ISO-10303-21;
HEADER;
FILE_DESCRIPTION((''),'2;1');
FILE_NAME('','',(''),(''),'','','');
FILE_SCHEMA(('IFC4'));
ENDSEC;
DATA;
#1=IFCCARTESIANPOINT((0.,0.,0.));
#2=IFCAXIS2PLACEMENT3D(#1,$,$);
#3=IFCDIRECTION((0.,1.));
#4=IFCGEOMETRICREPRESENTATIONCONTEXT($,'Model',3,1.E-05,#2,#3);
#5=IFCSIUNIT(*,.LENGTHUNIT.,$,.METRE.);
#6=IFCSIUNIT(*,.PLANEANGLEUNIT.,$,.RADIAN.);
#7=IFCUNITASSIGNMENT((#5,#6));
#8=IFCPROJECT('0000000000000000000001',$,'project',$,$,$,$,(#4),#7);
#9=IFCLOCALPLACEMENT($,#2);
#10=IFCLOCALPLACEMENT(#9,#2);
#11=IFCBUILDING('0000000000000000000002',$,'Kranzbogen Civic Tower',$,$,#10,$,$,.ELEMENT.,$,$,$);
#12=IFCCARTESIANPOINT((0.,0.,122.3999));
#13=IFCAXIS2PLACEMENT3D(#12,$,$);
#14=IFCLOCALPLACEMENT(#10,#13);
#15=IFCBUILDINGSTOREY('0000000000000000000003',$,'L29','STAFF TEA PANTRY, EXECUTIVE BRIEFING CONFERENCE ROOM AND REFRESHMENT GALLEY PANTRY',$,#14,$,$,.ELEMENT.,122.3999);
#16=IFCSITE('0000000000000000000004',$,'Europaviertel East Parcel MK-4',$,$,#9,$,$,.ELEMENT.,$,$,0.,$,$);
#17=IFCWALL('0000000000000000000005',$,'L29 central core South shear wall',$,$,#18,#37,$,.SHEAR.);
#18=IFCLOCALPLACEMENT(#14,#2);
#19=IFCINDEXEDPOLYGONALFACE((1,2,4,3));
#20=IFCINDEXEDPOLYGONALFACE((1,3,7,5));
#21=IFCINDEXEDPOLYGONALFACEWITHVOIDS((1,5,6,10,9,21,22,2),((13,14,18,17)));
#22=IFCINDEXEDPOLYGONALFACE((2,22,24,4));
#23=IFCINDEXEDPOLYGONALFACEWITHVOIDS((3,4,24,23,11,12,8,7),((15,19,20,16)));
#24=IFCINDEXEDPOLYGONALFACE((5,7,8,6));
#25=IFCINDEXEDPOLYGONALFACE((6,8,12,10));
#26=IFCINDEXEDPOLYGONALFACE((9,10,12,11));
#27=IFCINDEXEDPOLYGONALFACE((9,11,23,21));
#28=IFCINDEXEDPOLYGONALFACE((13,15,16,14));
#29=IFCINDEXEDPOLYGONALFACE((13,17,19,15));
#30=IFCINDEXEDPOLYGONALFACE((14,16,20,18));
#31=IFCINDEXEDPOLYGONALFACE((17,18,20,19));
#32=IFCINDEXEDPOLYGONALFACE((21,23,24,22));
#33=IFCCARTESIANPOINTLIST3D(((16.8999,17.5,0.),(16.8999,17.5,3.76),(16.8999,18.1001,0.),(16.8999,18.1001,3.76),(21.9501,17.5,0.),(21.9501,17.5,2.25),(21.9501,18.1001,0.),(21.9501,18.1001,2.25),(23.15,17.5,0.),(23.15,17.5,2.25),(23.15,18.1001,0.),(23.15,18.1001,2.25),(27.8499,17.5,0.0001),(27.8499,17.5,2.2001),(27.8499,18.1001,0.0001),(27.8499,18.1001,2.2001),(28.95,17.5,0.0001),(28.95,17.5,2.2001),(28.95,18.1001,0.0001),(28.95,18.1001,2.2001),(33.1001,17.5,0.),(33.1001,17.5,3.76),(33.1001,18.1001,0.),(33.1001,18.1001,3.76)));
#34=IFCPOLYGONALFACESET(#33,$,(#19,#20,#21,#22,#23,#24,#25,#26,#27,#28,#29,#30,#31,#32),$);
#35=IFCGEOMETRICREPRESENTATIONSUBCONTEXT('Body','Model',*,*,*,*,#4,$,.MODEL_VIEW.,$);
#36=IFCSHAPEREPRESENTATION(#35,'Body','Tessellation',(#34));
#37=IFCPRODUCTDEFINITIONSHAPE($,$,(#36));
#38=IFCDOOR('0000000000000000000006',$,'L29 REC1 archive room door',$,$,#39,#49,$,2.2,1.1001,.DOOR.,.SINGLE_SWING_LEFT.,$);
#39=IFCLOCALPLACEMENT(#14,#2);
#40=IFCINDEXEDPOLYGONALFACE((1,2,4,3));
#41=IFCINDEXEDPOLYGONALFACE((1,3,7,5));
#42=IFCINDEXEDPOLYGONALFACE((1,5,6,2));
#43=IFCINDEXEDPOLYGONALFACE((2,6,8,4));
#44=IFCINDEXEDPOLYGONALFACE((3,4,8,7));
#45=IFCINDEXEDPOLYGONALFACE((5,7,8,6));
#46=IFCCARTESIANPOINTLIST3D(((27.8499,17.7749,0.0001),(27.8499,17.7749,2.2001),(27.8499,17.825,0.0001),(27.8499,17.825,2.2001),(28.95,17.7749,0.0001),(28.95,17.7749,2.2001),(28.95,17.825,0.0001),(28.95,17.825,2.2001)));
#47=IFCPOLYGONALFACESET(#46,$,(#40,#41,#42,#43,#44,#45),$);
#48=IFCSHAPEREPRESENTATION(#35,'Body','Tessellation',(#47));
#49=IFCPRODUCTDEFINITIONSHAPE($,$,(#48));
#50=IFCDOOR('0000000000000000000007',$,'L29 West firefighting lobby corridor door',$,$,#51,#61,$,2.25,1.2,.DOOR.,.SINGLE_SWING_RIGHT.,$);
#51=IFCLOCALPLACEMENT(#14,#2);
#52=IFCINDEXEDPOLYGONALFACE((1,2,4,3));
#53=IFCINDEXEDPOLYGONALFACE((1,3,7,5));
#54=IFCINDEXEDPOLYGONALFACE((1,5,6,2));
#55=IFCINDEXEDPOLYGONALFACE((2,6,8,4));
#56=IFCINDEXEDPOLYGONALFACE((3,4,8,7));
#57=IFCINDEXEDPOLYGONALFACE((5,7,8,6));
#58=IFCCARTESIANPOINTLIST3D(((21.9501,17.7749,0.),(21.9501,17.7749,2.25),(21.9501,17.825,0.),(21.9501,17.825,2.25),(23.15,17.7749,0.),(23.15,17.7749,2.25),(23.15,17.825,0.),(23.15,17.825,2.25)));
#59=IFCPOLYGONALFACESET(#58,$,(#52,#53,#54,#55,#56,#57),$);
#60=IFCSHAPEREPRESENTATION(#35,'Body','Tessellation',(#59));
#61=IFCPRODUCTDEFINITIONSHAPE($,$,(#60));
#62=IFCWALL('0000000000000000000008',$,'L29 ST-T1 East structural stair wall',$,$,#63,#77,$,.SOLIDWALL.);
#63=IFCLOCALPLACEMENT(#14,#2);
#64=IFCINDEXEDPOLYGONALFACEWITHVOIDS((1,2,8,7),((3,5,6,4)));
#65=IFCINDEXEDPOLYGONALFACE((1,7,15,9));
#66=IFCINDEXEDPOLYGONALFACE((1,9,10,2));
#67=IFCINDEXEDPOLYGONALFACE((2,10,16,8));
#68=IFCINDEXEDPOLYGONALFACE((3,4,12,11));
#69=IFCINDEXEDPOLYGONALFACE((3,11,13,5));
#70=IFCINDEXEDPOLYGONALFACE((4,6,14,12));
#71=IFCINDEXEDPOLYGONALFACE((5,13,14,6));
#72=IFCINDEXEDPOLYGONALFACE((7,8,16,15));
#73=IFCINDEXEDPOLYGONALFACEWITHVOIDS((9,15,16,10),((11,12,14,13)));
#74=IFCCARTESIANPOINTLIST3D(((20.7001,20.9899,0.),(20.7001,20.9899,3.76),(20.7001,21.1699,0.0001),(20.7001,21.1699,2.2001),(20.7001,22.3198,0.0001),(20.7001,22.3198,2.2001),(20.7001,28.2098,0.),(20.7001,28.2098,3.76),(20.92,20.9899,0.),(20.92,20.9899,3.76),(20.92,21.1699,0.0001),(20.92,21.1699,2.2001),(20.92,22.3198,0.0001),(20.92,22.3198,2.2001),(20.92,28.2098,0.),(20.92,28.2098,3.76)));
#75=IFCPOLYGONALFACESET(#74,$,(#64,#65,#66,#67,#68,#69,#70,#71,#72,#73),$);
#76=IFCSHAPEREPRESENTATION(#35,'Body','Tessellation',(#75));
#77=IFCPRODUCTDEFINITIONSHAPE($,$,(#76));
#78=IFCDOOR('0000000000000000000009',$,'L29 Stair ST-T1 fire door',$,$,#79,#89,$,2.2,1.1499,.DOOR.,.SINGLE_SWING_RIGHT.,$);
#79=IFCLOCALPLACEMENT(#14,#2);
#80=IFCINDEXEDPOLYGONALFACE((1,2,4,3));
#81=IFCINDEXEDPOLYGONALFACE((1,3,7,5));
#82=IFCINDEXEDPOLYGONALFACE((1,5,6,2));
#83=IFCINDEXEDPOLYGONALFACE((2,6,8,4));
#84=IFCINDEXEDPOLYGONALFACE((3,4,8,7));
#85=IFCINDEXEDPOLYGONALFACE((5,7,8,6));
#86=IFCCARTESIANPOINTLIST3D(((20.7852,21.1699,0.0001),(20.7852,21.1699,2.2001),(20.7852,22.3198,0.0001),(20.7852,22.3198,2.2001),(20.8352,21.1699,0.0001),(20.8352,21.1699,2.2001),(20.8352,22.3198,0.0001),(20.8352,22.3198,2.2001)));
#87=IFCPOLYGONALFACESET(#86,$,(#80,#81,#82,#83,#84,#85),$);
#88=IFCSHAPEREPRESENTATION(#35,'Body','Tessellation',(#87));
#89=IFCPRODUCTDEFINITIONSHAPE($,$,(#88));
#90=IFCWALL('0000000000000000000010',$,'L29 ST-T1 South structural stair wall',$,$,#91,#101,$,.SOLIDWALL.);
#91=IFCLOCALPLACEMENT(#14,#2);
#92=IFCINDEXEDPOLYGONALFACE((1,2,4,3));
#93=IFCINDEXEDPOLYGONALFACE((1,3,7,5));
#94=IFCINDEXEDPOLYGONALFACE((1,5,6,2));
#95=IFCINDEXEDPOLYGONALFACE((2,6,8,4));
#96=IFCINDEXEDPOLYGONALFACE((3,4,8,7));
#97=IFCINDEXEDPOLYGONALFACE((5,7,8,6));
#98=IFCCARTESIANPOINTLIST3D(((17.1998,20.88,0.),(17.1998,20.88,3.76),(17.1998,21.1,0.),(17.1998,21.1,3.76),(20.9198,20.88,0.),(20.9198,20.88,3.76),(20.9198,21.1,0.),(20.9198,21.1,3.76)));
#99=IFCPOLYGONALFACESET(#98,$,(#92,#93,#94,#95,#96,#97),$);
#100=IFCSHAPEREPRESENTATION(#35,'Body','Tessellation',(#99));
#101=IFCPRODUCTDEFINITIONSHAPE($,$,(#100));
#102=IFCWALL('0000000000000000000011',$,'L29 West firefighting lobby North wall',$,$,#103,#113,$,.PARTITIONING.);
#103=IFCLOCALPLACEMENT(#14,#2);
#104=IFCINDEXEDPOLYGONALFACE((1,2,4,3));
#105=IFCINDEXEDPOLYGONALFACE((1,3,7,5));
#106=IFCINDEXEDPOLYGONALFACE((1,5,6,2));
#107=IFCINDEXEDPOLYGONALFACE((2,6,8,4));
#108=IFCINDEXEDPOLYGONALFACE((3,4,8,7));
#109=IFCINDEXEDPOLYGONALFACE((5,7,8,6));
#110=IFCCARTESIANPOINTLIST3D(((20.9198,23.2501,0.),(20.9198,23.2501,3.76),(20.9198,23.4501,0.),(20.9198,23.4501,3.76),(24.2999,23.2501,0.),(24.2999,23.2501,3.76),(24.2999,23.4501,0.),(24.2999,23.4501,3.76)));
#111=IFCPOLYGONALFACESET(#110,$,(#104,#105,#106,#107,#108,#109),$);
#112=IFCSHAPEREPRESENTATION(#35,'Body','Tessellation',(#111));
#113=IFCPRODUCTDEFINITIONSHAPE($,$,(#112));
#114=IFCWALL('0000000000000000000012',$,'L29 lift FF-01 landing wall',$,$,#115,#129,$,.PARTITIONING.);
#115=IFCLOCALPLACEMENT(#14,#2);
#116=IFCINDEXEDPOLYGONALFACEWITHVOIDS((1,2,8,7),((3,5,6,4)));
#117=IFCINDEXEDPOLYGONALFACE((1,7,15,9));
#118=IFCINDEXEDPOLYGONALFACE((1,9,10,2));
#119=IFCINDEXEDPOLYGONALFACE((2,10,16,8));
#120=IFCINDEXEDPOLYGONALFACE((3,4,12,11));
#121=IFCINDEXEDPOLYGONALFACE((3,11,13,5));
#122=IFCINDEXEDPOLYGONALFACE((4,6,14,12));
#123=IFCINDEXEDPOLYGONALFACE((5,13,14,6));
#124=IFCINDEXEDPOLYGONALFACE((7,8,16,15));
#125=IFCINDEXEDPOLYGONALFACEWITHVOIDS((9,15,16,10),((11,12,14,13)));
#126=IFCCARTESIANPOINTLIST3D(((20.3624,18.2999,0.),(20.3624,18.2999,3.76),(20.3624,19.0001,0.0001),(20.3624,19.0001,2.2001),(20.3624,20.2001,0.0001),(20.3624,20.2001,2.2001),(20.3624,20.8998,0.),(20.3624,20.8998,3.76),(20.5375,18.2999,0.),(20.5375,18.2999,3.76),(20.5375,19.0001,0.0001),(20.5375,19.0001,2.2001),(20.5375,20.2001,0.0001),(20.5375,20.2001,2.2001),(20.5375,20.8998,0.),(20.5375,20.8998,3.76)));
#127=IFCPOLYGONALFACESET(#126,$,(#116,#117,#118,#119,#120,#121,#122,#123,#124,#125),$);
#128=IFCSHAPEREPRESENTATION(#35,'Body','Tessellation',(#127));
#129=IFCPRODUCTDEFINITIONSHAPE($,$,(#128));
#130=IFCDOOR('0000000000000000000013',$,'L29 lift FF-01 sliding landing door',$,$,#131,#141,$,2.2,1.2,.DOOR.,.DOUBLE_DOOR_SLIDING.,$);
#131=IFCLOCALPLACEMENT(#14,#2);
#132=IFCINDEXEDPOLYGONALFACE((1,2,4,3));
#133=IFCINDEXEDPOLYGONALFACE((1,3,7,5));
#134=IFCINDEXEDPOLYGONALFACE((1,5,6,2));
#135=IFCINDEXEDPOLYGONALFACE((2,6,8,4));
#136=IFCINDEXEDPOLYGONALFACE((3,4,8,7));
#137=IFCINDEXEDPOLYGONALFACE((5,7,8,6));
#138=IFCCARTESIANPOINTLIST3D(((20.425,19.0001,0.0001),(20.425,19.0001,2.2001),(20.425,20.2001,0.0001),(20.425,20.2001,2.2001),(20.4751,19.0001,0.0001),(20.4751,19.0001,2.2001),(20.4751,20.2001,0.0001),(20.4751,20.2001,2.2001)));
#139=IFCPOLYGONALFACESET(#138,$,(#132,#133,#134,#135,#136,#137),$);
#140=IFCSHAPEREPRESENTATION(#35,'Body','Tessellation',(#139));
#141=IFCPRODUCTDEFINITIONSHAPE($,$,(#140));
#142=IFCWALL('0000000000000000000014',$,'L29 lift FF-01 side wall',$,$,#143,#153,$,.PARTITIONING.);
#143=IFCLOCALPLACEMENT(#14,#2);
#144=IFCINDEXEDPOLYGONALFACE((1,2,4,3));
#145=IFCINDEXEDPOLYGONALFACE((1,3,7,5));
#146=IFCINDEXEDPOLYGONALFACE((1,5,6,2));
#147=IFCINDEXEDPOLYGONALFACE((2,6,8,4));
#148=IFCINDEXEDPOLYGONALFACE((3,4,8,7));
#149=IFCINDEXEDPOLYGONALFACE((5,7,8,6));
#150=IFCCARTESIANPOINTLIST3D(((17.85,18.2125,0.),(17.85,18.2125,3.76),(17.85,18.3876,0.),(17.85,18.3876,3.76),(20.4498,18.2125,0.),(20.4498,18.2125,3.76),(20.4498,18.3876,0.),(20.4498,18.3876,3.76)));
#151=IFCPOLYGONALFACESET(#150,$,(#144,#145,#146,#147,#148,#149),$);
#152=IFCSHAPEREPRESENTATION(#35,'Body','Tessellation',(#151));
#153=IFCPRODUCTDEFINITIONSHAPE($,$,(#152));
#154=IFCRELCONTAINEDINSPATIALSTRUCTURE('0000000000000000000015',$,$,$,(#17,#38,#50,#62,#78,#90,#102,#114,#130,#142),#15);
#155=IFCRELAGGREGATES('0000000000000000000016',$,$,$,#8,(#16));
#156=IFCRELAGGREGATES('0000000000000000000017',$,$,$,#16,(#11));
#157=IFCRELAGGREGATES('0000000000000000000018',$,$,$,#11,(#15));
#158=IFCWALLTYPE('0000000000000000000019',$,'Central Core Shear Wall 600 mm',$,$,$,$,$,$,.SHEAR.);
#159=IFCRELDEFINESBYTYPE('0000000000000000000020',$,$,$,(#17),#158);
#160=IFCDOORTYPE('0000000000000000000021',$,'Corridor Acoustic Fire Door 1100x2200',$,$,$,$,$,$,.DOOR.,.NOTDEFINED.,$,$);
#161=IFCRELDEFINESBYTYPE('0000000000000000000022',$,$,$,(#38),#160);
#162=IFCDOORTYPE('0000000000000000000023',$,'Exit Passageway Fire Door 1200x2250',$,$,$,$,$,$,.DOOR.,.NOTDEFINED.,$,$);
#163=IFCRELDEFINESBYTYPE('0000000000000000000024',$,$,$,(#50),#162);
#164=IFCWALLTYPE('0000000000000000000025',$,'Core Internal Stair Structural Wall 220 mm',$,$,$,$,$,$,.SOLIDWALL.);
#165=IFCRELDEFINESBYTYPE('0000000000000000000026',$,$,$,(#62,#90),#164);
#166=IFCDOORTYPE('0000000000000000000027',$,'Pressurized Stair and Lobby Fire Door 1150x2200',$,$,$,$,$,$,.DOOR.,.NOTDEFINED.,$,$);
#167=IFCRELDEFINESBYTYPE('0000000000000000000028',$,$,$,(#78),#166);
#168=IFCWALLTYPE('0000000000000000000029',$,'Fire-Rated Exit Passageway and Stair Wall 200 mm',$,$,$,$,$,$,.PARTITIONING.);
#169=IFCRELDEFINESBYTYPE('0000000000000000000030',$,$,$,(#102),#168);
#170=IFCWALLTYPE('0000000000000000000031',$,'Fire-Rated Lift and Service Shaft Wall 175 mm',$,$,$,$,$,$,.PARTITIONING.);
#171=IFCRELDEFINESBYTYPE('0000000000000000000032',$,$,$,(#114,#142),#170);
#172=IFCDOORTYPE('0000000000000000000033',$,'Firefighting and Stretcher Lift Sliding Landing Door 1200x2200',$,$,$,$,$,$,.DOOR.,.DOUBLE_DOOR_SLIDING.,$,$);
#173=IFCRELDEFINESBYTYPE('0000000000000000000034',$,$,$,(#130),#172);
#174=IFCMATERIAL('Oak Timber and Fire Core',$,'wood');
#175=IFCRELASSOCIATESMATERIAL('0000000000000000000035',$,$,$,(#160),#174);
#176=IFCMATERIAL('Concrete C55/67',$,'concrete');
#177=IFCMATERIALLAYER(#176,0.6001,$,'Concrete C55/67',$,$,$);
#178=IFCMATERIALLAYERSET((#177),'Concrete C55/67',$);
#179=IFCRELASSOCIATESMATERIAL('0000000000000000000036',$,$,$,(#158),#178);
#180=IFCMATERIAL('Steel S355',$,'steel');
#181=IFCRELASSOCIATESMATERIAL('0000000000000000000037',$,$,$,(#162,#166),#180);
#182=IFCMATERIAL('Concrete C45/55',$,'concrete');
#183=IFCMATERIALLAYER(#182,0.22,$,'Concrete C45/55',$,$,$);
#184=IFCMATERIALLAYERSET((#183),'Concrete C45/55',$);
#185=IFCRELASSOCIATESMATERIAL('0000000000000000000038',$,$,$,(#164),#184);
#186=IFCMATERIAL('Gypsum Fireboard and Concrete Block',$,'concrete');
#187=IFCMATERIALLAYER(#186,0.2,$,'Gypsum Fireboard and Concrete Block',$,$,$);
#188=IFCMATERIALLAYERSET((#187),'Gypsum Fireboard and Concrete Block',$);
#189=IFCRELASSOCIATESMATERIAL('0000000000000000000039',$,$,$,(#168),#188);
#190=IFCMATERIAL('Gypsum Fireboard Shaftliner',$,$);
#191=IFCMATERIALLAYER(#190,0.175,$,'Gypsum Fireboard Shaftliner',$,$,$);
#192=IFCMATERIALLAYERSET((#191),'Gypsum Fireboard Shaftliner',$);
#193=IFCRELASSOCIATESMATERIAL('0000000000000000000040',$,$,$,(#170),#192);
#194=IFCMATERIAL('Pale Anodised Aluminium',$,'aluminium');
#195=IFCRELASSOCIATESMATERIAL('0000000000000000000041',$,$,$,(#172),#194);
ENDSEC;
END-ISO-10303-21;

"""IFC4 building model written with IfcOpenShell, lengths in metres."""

from ifc_helpers import new_model, si_unit, direction, frame, frame_2d, origin, place, context, subcontext, project, spatial, rectangle, extrude, material, layer, layer_set, type_object, element, fill, save


model = new_model("IFC4")

# Units and contexts
model_context = context("Model", 3, precision=1e-05, world=origin(), true_north=direction((0.0, 1.0)))
body_context = subcontext(model_context, "Body", "Model", "MODEL_VIEW")
ifc_project = project(units=[si_unit("LENGTHUNIT", "METRE"), si_unit("PLANEANGLEUNIT", "RADIAN")], contexts=[model_context])

# Site, building, storey
site_placement = place(None, origin())
site = spatial("IfcSite", under=ifc_project, at=site_placement, Name="Europaviertel East Parcel MK-4", CompositionType="ELEMENT", RefElevation=0.0)
building_placement = place(site_placement, origin())
building = spatial("IfcBuilding", under=site, at=building_placement, Name="Kranzbogen Civic Tower", CompositionType="ELEMENT")
storey_placement = place(building_placement, frame((0.0, 0.0, 122.3999)))
storey = spatial("IfcBuildingStorey", under=building, at=storey_placement, Name="L29", Description="STAFF TEA PANTRY, EXECUTIVE BRIEFING CONFERENCE ROOM AND REFRESHMENT GALLEY PANTRY", CompositionType="ELEMENT", Elevation=122.3999)

# Shared definitions
ifc_material_1 = material(Name="Steel S355", Category="steel")

# Shared definitions
ifc_material_2 = material(Name="Oak Timber and Fire Core", Category="wood")
door_type_1 = type_object("IfcDoorType", Name="Corridor Acoustic Fire Door 1100x2200", OperationType="NOTDEFINED", PredefinedType="DOOR", material=ifc_material_2)

# Wall, openings, doors
ifc_material_3 = material(Name="Concrete C55/67", Category="concrete")
ifc_layer_1 = layer(ifc_material_3, 0.6001, Name="Concrete C55/67")
ifc_layer_set_1 = layer_set([ifc_layer_1], Name="Concrete C55/67")
wall_type_1 = type_object("IfcWallType", Name="Central Core Shear Wall 600 mm", PredefinedType="SHEAR", material=ifc_layer_set_1)
wall_1_placement = place(storey_placement, frame((16.8999, 17.8, 0.0), z_axis=(0.0, 0.0, 1.0), x_axis=(1.0, 0.0, 0.0)))
wall_1 = element("IfcWall", 1, at=wall_1_placement, inside=storey, type_object=wall_type_1, Name="L29 central core South shear wall", PredefinedType="SHEAR", context=body_context, shape_type="SweptSolid", body=[
    extrude(rectangle(XDim=16.2002, YDim=0.6001, at=frame_2d((8.1001, 0.0))), origin(), (0.0, 0.0, 1.0), 3.76),
])
opening_1_placement = place(wall_1_placement, frame((5.05, 0.0, 0.0)))
opening_1 = element("IfcOpeningElement", 2, at=opening_1_placement, cuts=wall_1, PredefinedType="OPENING", context=body_context, shape_type="SweptSolid", body=[
    extrude(rectangle(XDim=1.2, YDim=2.25, at=frame_2d((0.6001, 1.125))), frame((0.0, 0.3101, 0.0), z_axis=(0.0, -1.0, 0.0), x_axis=(1.0, 0.0, 0.0)), (0.0, 0.0, 1.0), 0.6201),
])
opening_2_placement = place(wall_1_placement, frame((10.95, 0.0, 0.0)))
opening_2 = element("IfcOpeningElement", 3, at=opening_2_placement, cuts=wall_1, PredefinedType="OPENING", context=body_context, shape_type="SweptSolid", body=[
    extrude(rectangle(XDim=1.1001, YDim=2.2, at=frame_2d((0.55, 1.1001))), frame((0.0, 0.3101, 0.0), z_axis=(0.0, -1.0, 0.0), x_axis=(1.0, 0.0, 0.0)), (0.0, 0.0, 1.0), 0.6201),
])
door_1_placement = place(opening_2_placement, origin())
door_1 = element("IfcDoor", 4, at=door_1_placement, inside=storey, type_object=door_type_1, Name="L29 REC1 archive room door", OperationType="SINGLE_SWING_LEFT", OverallHeight=2.2, OverallWidth=1.1001, PredefinedType="DOOR", context=body_context, shape_type="SweptSolid", body=[
    extrude(rectangle(XDim=1.1001, YDim=2.2, at=frame_2d((0.55, 1.1001))), frame((0.0, 0.0249, 0.0), z_axis=(0.0, -1.0, 0.0), x_axis=(1.0, 0.0, 0.0)), (0.0, 0.0, 1.0), 0.05),
])
fill(opening_2, door_1)
door_type_2 = type_object("IfcDoorType", Name="Exit Passageway Fire Door 1200x2250", OperationType="NOTDEFINED", PredefinedType="DOOR", material=ifc_material_1)
door_2_placement = place(opening_1_placement, origin())
door_2 = element("IfcDoor", 5, at=door_2_placement, inside=storey, type_object=door_type_2, Name="L29 West firefighting lobby corridor door", OperationType="SINGLE_SWING_RIGHT", OverallHeight=2.25, OverallWidth=1.2, PredefinedType="DOOR", context=body_context, shape_type="SweptSolid", body=[
    extrude(rectangle(XDim=1.2, YDim=2.25, at=frame_2d((0.6001, 1.125))), frame((0.0, 0.0249, 0.0), z_axis=(0.0, -1.0, 0.0), x_axis=(1.0, 0.0, 0.0)), (0.0, 0.0, 1.0), 0.05),
])
fill(opening_1, door_2)

# Wall, opening, door
ifc_material_4 = material(Name="Concrete C45/55", Category="concrete")
ifc_layer_2 = layer(ifc_material_4, 0.22, Name="Concrete C45/55")
ifc_layer_set_2 = layer_set([ifc_layer_2], Name="Concrete C45/55")
wall_type_2 = type_object("IfcWallType", Name="Core Internal Stair Structural Wall 220 mm", PredefinedType="SOLIDWALL", material=ifc_layer_set_2)
wall_2_placement = place(storey_placement, frame((20.8101, 20.99, 0.0), z_axis=(0.0, 0.0, 1.0), x_axis=(0.0, 1.0, 0.0)))
wall_2 = element("IfcWall", 6, at=wall_2_placement, inside=storey, type_object=wall_type_2, Name="L29 ST-T1 East structural stair wall", PredefinedType="SOLIDWALL", context=body_context, shape_type="SweptSolid", body=[
    extrude(rectangle(XDim=7.22, YDim=0.22, at=frame_2d((3.6099, 0.0))), origin(), (0.0, 0.0, 1.0), 3.76),
])
opening_3_placement = place(wall_2_placement, frame((0.1799, 0.0, 0.0)))
opening_3 = element("IfcOpeningElement", 7, at=opening_3_placement, cuts=wall_2, PredefinedType="OPENING", context=body_context, shape_type="SweptSolid", body=[
    extrude(rectangle(XDim=1.1499, YDim=2.2, at=frame_2d((0.575, 1.1001))), frame((0.0, 0.1201, 0.0), z_axis=(0.0, -1.0, 0.0), x_axis=(1.0, 0.0, 0.0)), (0.0, 0.0, 1.0), 0.24),
])
door_type_3 = type_object("IfcDoorType", Name="Pressurized Stair and Lobby Fire Door 1150x2200", OperationType="NOTDEFINED", PredefinedType="DOOR", material=ifc_material_1)
door_3_placement = place(opening_3_placement, origin())
door_3 = element("IfcDoor", 8, at=door_3_placement, inside=storey, type_object=door_type_3, Name="L29 Stair ST-T1 fire door", OperationType="SINGLE_SWING_RIGHT", OverallHeight=2.2, OverallWidth=1.1499, PredefinedType="DOOR", context=body_context, shape_type="SweptSolid", body=[
    extrude(rectangle(XDim=1.1499, YDim=2.2, at=frame_2d((0.575, 1.1001))), frame((0.0, 0.0249, 0.0), z_axis=(0.0, -1.0, 0.0), x_axis=(1.0, 0.0, 0.0)), (0.0, 0.0, 1.0), 0.05),
])
fill(opening_3, door_3)

# Walls
wall_3_placement = place(storey_placement, frame((17.2, 20.99, 0.0), z_axis=(0.0, 0.0, 1.0), x_axis=(1.0, 0.0, 0.0)))
element("IfcWall", 9, at=wall_3_placement, inside=storey, type_object=wall_type_2, Name="L29 ST-T1 South structural stair wall", PredefinedType="SOLIDWALL", context=body_context, shape_type="SweptSolid", body=[
    extrude(rectangle(XDim=3.72, YDim=0.22, at=frame_2d((1.8599, 0.0))), origin(), (0.0, 0.0, 1.0), 3.76),
])
ifc_material_5 = material(Name="Gypsum Fireboard and Concrete Block", Category="concrete")
ifc_layer_3 = layer(ifc_material_5, 0.2, Name="Gypsum Fireboard and Concrete Block")
ifc_layer_set_3 = layer_set([ifc_layer_3], Name="Gypsum Fireboard and Concrete Block")
wall_type_3 = type_object("IfcWallType", Name="Fire-Rated Exit Passageway and Stair Wall 200 mm", PredefinedType="PARTITIONING", material=ifc_layer_set_3)
wall_4_placement = place(storey_placement, frame((20.9199, 23.3501, 0.0), z_axis=(0.0, 0.0, 1.0), x_axis=(1.0, 0.0, 0.0)))
element("IfcWall", 10, at=wall_4_placement, inside=storey, type_object=wall_type_3, Name="L29 West firefighting lobby North wall", PredefinedType="PARTITIONING", context=body_context, shape_type="SweptSolid", body=[
    extrude(rectangle(XDim=3.3801, YDim=0.2, at=frame_2d((1.6899, 0.0))), origin(), (0.0, 0.0, 1.0), 3.76),
])

# Wall, opening, door
ifc_material_6 = material(Name="Gypsum Fireboard Shaftliner")
ifc_layer_4 = layer(ifc_material_6, 0.175, Name="Gypsum Fireboard Shaftliner")
ifc_layer_set_4 = layer_set([ifc_layer_4], Name="Gypsum Fireboard Shaftliner")
wall_type_4 = type_object("IfcWallType", Name="Fire-Rated Lift and Service Shaft Wall 175 mm", PredefinedType="PARTITIONING", material=ifc_layer_set_4)
wall_5_placement = place(storey_placement, frame((20.45, 18.3, 0.0), z_axis=(0.0, 0.0, 1.0), x_axis=(0.0, 1.0, 0.0)))
wall_5 = element("IfcWall", 11, at=wall_5_placement, inside=storey, type_object=wall_type_4, Name="L29 lift FF-01 landing wall", PredefinedType="PARTITIONING", context=body_context, shape_type="SweptSolid", body=[
    extrude(rectangle(XDim=2.5999, YDim=0.175, at=frame_2d((1.2998, 0.0))), origin(), (0.0, 0.0, 1.0), 3.76),
])
opening_4_placement = place(wall_5_placement, frame((0.7, 0.0, 0.0)))
opening_4 = element("IfcOpeningElement", 12, at=opening_4_placement, cuts=wall_5, PredefinedType="OPENING", context=body_context, shape_type="SweptSolid", body=[
    extrude(rectangle(XDim=1.2, YDim=2.2, at=frame_2d((0.6001, 1.1001))), frame((0.0, 0.0977, 0.0), z_axis=(0.0, -1.0, 0.0), x_axis=(1.0, 0.0, 0.0)), (0.0, 0.0, 1.0), 0.1951),
])
ifc_material_7 = material(Name="Pale Anodised Aluminium", Category="aluminium")
door_type_4 = type_object("IfcDoorType", Name="Firefighting and Stretcher Lift Sliding Landing Door 1200x2200", OperationType="DOUBLE_DOOR_SLIDING", PredefinedType="DOOR", material=ifc_material_7)
door_4_placement = place(opening_4_placement, origin())
door_4 = element("IfcDoor", 13, at=door_4_placement, inside=storey, type_object=door_type_4, Name="L29 lift FF-01 sliding landing door", OperationType="DOUBLE_DOOR_SLIDING", OverallHeight=2.2, OverallWidth=1.2, PredefinedType="DOOR", context=body_context, shape_type="SweptSolid", body=[
    extrude(rectangle(XDim=1.2, YDim=2.2, at=frame_2d((0.6001, 1.1001))), frame((0.0, 0.0249, 0.0), z_axis=(0.0, -1.0, 0.0), x_axis=(1.0, 0.0, 0.0)), (0.0, 0.0, 1.0), 0.05),
])
fill(opening_4, door_4)

# Wall
wall_6_placement = place(storey_placement, frame((17.8501, 18.3, 0.0), z_axis=(0.0, 0.0, 1.0), x_axis=(1.0, 0.0, 0.0)))
element("IfcWall", 14, at=wall_6_placement, inside=storey, type_object=wall_type_4, Name="L29 lift FF-01 side wall", PredefinedType="PARTITIONING", context=body_context, shape_type="SweptSolid", body=[
    extrude(rectangle(XDim=2.5999, YDim=0.175, at=frame_2d((1.2998, 0.0))), origin(), (0.0, 0.0, 1.0), 3.76),
])

save(model, "model.ifc")
